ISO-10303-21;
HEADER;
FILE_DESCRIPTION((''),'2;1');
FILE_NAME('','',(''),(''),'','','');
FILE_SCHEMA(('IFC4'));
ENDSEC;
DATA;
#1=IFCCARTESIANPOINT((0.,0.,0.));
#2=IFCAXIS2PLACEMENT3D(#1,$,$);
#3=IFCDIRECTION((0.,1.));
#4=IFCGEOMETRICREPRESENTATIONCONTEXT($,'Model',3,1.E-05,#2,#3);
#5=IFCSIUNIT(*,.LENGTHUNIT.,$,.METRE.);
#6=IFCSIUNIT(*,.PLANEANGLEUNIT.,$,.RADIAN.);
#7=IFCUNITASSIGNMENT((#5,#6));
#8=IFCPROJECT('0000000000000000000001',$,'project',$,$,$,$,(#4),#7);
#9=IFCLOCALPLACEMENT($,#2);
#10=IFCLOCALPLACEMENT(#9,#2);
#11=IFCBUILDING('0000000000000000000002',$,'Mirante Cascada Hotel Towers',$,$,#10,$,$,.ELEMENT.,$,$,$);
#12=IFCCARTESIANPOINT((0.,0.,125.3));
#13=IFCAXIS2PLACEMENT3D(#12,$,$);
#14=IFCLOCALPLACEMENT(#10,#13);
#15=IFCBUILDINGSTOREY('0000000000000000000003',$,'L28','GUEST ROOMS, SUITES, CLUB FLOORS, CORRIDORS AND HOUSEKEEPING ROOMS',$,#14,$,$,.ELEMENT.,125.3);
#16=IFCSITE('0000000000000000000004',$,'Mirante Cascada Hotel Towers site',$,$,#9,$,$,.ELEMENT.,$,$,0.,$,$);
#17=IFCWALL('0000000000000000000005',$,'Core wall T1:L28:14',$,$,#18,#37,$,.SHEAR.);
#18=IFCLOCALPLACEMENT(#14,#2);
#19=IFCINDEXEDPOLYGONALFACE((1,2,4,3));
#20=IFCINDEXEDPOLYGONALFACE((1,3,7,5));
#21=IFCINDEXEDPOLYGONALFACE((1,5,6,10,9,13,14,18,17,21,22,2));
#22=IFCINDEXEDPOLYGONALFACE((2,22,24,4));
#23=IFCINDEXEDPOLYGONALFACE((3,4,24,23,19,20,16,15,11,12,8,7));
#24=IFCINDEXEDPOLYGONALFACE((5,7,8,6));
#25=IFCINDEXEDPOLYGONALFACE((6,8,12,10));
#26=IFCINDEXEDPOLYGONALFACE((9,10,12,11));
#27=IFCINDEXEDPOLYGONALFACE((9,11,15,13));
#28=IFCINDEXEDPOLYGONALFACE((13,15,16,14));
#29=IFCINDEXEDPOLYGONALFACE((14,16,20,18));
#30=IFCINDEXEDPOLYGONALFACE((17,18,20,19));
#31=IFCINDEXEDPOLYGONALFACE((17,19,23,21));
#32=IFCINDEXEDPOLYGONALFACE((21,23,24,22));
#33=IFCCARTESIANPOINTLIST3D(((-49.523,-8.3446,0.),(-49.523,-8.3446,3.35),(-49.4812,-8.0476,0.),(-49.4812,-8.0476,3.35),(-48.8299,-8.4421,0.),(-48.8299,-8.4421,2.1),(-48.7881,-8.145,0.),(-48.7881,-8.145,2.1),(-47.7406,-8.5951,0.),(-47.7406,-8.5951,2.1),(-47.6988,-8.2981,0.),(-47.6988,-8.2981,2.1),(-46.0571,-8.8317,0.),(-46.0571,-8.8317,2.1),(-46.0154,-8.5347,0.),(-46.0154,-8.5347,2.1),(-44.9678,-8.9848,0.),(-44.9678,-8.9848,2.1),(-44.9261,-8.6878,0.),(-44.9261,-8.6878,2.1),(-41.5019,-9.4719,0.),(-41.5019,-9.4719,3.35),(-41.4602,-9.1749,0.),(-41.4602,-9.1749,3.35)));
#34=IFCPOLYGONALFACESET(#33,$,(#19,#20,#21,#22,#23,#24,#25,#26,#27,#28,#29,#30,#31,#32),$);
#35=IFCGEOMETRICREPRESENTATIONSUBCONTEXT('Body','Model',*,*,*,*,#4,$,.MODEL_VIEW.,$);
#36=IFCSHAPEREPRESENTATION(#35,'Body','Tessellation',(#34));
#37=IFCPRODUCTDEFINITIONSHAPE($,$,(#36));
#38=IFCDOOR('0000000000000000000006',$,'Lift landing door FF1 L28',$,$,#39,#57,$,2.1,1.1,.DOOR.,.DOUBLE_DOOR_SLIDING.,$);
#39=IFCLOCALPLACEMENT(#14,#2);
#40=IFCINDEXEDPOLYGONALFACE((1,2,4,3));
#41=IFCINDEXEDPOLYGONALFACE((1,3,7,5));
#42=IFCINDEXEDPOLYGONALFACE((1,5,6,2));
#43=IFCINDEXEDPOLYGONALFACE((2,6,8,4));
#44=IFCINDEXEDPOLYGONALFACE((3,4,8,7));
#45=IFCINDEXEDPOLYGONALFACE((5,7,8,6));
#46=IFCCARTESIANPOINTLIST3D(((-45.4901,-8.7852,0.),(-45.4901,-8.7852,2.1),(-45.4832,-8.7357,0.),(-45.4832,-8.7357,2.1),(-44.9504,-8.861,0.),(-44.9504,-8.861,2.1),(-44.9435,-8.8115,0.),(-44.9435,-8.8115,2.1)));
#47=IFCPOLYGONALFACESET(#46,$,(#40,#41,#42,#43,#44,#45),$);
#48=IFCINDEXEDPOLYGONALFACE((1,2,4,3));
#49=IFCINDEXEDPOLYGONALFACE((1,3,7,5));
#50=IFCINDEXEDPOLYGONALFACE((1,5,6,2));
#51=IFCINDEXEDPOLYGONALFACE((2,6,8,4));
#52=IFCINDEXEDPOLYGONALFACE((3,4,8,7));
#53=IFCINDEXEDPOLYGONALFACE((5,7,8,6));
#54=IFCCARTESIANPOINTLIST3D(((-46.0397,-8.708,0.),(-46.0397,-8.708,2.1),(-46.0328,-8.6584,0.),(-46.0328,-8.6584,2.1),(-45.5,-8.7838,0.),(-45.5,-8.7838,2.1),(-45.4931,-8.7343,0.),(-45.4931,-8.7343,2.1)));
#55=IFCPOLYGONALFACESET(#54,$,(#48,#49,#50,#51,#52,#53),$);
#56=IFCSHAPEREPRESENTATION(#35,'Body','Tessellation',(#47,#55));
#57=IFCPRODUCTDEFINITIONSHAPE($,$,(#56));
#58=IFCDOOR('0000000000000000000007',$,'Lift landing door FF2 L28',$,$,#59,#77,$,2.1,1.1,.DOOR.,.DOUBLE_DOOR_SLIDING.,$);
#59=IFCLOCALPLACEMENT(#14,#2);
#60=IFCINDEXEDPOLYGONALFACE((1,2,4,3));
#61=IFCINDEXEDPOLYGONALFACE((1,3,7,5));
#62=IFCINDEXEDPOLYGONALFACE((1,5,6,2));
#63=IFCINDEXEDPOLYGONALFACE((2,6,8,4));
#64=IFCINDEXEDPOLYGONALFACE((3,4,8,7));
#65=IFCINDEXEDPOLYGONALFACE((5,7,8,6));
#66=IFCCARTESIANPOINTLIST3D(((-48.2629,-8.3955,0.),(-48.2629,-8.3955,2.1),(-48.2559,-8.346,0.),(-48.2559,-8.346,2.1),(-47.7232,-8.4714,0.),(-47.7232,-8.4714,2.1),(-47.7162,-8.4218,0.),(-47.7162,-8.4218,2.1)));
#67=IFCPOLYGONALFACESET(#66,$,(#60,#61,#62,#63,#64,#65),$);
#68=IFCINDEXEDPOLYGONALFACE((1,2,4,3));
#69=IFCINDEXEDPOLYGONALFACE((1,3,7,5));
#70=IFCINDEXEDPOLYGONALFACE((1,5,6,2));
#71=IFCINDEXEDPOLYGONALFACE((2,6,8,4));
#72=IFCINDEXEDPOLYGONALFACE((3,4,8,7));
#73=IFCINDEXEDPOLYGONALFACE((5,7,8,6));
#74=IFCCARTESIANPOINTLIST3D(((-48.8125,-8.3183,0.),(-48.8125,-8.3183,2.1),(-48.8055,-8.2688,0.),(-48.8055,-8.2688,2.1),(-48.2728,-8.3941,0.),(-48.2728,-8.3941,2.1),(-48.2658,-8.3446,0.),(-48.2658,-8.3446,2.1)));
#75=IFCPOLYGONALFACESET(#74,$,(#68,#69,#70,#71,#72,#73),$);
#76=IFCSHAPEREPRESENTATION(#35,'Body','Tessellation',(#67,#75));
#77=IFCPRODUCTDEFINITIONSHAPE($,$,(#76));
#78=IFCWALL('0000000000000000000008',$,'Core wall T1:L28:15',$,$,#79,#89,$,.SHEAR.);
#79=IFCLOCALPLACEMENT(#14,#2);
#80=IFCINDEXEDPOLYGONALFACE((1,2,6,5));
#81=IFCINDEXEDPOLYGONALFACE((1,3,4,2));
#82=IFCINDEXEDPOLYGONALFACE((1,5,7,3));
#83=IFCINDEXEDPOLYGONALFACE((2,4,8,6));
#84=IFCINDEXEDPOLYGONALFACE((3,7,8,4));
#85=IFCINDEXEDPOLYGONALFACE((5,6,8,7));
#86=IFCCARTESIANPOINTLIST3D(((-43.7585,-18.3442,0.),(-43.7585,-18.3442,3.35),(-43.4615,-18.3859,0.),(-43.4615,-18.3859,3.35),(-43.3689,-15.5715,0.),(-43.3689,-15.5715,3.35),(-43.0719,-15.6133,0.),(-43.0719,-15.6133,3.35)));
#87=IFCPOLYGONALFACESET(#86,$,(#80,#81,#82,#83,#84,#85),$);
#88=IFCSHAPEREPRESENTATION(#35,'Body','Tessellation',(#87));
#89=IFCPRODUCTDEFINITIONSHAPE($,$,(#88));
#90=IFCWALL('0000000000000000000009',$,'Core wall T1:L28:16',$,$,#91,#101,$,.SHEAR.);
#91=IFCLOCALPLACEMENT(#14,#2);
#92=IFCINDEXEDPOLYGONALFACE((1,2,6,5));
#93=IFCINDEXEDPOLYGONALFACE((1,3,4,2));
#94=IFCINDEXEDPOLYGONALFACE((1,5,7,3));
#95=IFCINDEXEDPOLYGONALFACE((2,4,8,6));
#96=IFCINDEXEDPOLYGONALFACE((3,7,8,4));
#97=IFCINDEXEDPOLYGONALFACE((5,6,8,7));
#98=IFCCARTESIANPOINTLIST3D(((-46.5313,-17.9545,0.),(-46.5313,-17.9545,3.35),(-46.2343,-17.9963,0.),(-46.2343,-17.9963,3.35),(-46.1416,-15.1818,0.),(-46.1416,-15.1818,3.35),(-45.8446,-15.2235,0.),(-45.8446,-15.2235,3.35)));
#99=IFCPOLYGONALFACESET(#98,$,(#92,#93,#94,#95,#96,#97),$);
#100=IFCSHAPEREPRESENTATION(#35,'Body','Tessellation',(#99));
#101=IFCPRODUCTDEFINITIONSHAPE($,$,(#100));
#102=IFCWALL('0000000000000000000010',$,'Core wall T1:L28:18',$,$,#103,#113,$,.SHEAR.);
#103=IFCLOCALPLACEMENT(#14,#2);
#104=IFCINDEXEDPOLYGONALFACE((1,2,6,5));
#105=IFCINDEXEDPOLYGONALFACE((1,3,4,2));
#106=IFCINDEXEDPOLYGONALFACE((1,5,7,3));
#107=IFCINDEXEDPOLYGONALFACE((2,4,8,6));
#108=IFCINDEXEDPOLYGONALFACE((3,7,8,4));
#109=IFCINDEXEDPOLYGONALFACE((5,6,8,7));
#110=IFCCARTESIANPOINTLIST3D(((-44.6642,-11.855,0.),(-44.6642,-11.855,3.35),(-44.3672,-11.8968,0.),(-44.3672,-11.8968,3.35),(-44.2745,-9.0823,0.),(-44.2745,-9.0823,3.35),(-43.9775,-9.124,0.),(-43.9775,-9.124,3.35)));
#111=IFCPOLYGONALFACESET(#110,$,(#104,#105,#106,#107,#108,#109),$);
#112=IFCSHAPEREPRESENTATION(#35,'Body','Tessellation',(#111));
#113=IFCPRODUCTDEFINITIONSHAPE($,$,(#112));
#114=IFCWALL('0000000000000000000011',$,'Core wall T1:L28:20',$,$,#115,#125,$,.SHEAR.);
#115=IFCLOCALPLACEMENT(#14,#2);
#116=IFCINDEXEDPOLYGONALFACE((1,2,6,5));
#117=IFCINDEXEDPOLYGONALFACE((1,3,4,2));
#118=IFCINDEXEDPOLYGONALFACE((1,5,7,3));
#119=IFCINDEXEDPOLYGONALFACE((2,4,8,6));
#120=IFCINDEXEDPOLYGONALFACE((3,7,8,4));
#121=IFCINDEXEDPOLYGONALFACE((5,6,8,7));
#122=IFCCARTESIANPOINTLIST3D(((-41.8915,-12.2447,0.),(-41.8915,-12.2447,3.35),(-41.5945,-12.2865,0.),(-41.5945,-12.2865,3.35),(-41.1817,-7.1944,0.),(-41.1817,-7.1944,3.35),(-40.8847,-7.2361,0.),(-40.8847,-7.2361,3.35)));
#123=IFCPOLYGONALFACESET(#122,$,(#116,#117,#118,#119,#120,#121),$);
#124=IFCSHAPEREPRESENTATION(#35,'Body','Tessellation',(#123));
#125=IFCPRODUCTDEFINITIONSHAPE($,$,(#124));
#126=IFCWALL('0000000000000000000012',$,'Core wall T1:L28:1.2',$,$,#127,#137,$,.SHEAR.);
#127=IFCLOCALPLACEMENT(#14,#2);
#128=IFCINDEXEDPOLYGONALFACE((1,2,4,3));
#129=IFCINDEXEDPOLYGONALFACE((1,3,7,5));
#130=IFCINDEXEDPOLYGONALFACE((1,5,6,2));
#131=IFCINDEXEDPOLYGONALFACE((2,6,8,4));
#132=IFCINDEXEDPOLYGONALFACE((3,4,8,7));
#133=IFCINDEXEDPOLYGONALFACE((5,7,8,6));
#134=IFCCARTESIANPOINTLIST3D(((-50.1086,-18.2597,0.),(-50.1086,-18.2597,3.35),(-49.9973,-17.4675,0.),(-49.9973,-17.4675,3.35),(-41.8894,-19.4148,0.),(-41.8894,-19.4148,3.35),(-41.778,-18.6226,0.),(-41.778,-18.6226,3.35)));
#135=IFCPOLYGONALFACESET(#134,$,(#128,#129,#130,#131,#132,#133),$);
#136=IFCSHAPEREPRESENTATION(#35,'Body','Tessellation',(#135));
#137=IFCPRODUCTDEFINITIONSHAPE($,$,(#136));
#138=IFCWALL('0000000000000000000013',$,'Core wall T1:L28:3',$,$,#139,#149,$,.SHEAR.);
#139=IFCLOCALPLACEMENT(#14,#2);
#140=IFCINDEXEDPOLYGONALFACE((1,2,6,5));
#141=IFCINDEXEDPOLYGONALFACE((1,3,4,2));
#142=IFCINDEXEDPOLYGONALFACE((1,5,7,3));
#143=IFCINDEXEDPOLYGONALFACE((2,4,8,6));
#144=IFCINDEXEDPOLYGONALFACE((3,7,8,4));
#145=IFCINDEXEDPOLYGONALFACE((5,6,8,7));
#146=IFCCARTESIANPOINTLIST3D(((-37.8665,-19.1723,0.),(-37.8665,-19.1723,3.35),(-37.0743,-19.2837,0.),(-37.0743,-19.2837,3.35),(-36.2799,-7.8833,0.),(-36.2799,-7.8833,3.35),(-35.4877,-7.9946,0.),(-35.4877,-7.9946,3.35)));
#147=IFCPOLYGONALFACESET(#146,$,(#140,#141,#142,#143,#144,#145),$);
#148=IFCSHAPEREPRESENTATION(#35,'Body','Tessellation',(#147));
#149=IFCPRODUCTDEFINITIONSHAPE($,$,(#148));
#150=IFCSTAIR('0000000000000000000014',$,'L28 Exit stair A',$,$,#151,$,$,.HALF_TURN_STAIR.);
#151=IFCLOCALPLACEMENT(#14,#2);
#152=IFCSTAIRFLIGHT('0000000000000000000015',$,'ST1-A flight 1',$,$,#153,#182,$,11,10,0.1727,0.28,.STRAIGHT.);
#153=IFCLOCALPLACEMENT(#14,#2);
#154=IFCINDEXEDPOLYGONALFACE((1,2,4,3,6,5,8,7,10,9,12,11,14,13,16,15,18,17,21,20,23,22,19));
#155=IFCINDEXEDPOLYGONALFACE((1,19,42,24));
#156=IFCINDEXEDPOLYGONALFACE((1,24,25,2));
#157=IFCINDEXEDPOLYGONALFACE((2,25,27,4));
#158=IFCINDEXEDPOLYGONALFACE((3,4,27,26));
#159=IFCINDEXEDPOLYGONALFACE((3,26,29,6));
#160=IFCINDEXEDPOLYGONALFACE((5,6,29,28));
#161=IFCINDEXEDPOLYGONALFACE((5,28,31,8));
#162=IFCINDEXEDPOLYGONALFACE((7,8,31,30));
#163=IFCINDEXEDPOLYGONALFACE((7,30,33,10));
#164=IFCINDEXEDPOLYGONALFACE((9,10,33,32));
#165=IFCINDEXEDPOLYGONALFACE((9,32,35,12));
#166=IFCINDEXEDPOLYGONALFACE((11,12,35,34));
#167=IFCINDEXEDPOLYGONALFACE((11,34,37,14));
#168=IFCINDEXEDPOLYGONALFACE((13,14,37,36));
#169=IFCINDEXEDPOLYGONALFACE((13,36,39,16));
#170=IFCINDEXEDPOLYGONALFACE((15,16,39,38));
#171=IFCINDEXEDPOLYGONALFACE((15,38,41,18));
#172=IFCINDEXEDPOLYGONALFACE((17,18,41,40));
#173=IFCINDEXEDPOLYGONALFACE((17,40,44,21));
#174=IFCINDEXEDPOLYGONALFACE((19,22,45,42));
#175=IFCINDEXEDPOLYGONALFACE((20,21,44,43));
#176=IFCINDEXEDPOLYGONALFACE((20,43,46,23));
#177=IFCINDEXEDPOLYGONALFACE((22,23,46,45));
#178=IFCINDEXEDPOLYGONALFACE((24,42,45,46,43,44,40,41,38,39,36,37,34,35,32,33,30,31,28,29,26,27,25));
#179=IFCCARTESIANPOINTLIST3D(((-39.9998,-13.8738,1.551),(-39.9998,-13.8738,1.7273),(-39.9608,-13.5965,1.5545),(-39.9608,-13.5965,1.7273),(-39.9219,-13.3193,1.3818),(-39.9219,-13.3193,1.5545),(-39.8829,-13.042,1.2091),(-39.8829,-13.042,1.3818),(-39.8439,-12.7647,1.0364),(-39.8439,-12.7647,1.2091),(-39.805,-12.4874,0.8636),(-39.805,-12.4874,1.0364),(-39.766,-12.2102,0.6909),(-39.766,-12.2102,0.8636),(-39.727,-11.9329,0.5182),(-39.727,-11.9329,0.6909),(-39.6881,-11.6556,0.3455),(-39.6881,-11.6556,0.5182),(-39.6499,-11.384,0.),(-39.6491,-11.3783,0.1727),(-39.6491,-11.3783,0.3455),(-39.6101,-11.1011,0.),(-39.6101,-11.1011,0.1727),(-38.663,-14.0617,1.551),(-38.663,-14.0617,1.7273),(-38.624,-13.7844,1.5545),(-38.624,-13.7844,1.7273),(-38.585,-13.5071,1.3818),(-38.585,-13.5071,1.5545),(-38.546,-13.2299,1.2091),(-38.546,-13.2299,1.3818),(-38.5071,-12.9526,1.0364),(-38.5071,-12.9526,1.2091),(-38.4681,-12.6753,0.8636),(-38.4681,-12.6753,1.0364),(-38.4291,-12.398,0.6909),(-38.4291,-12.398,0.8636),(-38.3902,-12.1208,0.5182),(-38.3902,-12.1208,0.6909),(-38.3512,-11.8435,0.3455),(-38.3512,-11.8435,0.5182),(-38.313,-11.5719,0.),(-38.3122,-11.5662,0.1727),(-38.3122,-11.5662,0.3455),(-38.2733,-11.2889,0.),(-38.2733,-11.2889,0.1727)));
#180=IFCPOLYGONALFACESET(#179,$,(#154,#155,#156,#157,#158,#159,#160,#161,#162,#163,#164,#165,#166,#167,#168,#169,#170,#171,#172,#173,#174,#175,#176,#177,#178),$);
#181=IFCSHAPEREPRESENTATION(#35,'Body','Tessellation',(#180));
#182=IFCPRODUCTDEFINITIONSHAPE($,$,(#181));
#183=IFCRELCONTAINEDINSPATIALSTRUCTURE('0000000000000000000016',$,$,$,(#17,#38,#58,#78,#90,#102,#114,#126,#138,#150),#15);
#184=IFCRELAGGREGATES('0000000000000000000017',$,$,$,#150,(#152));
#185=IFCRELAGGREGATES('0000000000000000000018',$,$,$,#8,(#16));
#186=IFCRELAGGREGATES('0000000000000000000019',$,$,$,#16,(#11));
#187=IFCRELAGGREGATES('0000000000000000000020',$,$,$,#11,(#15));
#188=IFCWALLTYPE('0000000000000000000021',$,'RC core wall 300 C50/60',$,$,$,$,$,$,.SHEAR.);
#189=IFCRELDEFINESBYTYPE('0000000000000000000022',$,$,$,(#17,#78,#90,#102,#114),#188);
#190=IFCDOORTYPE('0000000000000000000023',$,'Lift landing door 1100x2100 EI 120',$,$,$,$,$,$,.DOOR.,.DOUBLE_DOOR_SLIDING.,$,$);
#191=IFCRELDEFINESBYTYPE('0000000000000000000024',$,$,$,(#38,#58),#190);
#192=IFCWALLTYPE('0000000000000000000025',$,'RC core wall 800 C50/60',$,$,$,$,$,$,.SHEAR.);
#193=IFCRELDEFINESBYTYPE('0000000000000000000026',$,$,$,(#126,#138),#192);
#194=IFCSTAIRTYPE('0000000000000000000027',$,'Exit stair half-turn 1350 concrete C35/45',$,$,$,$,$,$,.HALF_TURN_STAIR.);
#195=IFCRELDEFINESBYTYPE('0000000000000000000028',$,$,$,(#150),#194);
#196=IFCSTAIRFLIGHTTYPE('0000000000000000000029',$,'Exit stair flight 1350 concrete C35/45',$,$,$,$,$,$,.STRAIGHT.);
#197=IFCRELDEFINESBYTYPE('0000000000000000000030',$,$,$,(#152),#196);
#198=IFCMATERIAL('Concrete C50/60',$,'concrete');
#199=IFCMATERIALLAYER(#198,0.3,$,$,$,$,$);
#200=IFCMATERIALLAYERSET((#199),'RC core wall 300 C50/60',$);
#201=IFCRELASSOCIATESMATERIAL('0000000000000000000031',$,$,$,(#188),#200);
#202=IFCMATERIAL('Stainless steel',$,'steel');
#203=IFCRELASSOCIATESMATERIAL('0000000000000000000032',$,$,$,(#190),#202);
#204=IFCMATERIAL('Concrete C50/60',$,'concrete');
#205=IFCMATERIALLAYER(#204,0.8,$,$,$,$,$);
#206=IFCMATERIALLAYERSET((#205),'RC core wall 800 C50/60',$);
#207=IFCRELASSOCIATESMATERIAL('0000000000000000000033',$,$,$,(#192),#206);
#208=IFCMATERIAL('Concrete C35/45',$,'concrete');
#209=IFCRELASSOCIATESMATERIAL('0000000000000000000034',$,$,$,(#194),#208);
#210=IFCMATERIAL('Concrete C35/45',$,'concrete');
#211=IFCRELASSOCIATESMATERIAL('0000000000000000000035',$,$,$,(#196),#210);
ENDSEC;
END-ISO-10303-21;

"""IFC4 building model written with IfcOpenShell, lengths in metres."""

from ifc_helpers import new_model, si_unit, direction, frame, frame_2d, origin, place, context, subcontext, project, spatial, polyline, rectangle, outline, extrude, material, layer, layer_set, type_object, element, fill, aggregate, save


model = new_model("IFC4")

# Units and contexts
model_context = context("Model", 3, precision=1e-05, world=origin(), true_north=direction((0.0, 1.0)))
body_context = subcontext(model_context, "Body", "Model", "MODEL_VIEW")
ifc_project = project(units=[si_unit("LENGTHUNIT", "METRE"), si_unit("PLANEANGLEUNIT", "RADIAN")], contexts=[model_context])

# Site, building, storey
site_placement = place(None, origin())
site = spatial("IfcSite", under=ifc_project, at=site_placement, Name="Mirante Cascada Hotel Towers site", CompositionType="ELEMENT", RefElevation=0.0)
building_placement = place(site_placement, origin())
building = spatial("IfcBuilding", under=site, at=building_placement, Name="Mirante Cascada Hotel Towers", CompositionType="ELEMENT")
storey_placement = place(building_placement, frame((0.0, 0.0, 125.3)))
storey = spatial("IfcBuildingStorey", under=building, at=storey_placement, Name="L28", Description="GUEST ROOMS, SUITES, CLUB FLOORS, CORRIDORS AND HOUSEKEEPING ROOMS", CompositionType="ELEMENT", Elevation=125.3)

# Shared definitions
ifc_material_1 = material(Name="Concrete C50/60", Category="concrete")
ifc_layer_1 = layer(ifc_material_1, 0.3)
ifc_layer_set_1 = layer_set([ifc_layer_1], Name="RC core wall 300 C50/60")
wall_type_1 = type_object("IfcWallType", Name="RC core wall 300 C50/60", PredefinedType="SHEAR", material=ifc_layer_set_1)

# Shared definitions
ifc_material_2 = material(Name="Stainless steel", Category="steel")
door_type_1 = type_object("IfcDoorType", Name="Lift landing door 1100x2100 EI 120", OperationType="DOUBLE_DOOR_SLIDING", PredefinedType="DOOR", material=ifc_material_2)

# Wall, openings, doors
wall_1_placement = place(storey_placement, frame((-41.481, -9.3234, 0.0), z_axis=(0.0, 0.0, 1.0), x_axis=(-0.990268, 0.139174, 0.0)))
wall_1 = element("IfcWall", 1, at=wall_1_placement, inside=storey, type_object=wall_type_1, Name="Core wall T1:L28:14", PredefinedType="SHEAR", context=body_context, shape_type="SweptSolid", body=[
    extrude(rectangle(XDim=8.0999, YDim=0.3, at=frame_2d((4.05, 0.0))), origin(), (0.0, 0.0, 1.0), 3.35),
])
opening_1_placement = place(wall_1_placement, frame((3.5, 0.0, 0.0)))
opening_1 = element("IfcOpeningElement", 2, at=opening_1_placement, cuts=wall_1, PredefinedType="OPENING", context=body_context, shape_type="SweptSolid", body=[
    extrude(rectangle(XDim=1.1, YDim=2.1, at=frame_2d((0.55, 1.05))), frame((0.0, 0.15, 0.0), z_axis=(0.0, -1.0, 0.0), x_axis=(1.0, 0.0, 0.0)), (0.0, 0.0, 1.0), 0.3),
])
opening_2_placement = place(wall_1_placement, frame((6.3, 0.0, 0.0)))
opening_2 = element("IfcOpeningElement", 3, at=opening_2_placement, cuts=wall_1, PredefinedType="OPENING", context=body_context, shape_type="SweptSolid", body=[
    extrude(rectangle(XDim=1.1, YDim=2.1, at=frame_2d((0.55, 1.05))), frame((0.0, 0.15, 0.0), z_axis=(0.0, -1.0, 0.0), x_axis=(1.0, 0.0, 0.0)), (0.0, 0.0, 1.0), 0.3),
])
door_1_placement = place(opening_1_placement, origin())
door_1 = element("IfcDoor", 4, at=door_1_placement, inside=storey, type_object=door_type_1, Name="Lift landing door FF1 L28", OperationType="DOUBLE_DOOR_SLIDING", OverallHeight=2.1, OverallWidth=1.1, PredefinedType="DOOR", context=body_context, shape_type="SweptSolid", body=[
    extrude(rectangle(XDim=0.545, YDim=2.1, at=frame_2d((0.2725, 1.05))), frame((0.0, 0.025, 0.0), z_axis=(0.0, -1.0, 0.0), x_axis=(1.0, 0.0, 0.0)), (0.0, 0.0, 1.0), 0.05),
    extrude(rectangle(XDim=0.545, YDim=2.1, at=frame_2d((0.8275, 1.05))), frame((0.0, 0.025, 0.0), z_axis=(0.0, -1.0, 0.0), x_axis=(1.0, 0.0, 0.0)), (0.0, 0.0, 1.0), 0.05),
])
fill(opening_1, door_1)
door_2_placement = place(opening_2_placement, origin())
door_2 = element("IfcDoor", 5, at=door_2_placement, inside=storey, type_object=door_type_1, Name="Lift landing door FF2 L28", OperationType="DOUBLE_DOOR_SLIDING", OverallHeight=2.1, OverallWidth=1.1, PredefinedType="DOOR", context=body_context, shape_type="SweptSolid", body=[
    extrude(rectangle(XDim=0.545, YDim=2.1, at=frame_2d((0.2725, 1.05))), frame((0.0, 0.025, 0.0), z_axis=(0.0, -1.0, 0.0), x_axis=(1.0, 0.0, 0.0)), (0.0, 0.0, 1.0), 0.05),
    extrude(rectangle(XDim=0.545, YDim=2.1, at=frame_2d((0.8275, 1.05))), frame((0.0, 0.025, 0.0), z_axis=(0.0, -1.0, 0.0), x_axis=(1.0, 0.0, 0.0)), (0.0, 0.0, 1.0), 0.05),
])
fill(opening_2, door_2)

# Walls
wall_2_placement = place(storey_placement, frame((-43.61, -18.3651, 0.0), z_axis=(0.0, 0.0, 1.0), x_axis=(0.139146, 0.990272, 0.0)))
element("IfcWall", 6, at=wall_2_placement, inside=storey, type_object=wall_type_1, Name="Core wall T1:L28:15", PredefinedType="SHEAR", context=body_context, shape_type="SweptSolid", body=[
    extrude(rectangle(XDim=2.7999, YDim=0.3, at=frame_2d((1.4, 0.0))), origin(), (0.0, 0.0, 1.0), 3.35),
])
for number, where, z_axis, x_axis, name in (
    (7, (-46.3828, -17.9754, 0.0), (0.0, 0.0, 1.0), (0.139181, 0.990267, 0.0), "Core wall T1:L28:16"),
    (8, (-44.5157, -11.8759, 0.0), (0.0, 0.0, 1.0), (0.139181, 0.990267, 0.0), "Core wall T1:L28:18"),
):
    element("IfcWall", number, at=place(storey_placement, frame(where, z_axis=z_axis, x_axis=x_axis)), inside=storey, type_object=wall_type_1, Name=name, PredefinedType="SHEAR", context=body_context, shape_type="SweptSolid", body=[
        extrude(rectangle(XDim=2.8, YDim=0.3, at=frame_2d((1.4, 0.0))), origin(), (0.0, 0.0, 1.0), 3.35),
    ])
wall_3_placement = place(storey_placement, frame((-41.743, -12.2656, 0.0), z_axis=(0.0, 0.0, 1.0), x_axis=(0.139176, 0.990268, 0.0)))
element("IfcWall", 9, at=wall_3_placement, inside=storey, type_object=wall_type_1, Name="Core wall T1:L28:20", PredefinedType="SHEAR", context=body_context, shape_type="SweptSolid", body=[
    extrude(rectangle(XDim=5.1, YDim=0.3, at=frame_2d((2.55, 0.0))), origin(), (0.0, 0.0, 1.0), 3.35),
])
ifc_material_3 = material(Name="Concrete C50/60", Category="concrete")
ifc_layer_2 = layer(ifc_material_3, 0.8)
ifc_layer_set_2 = layer_set([ifc_layer_2], Name="RC core wall 800 C50/60")
wall_type_2 = type_object("IfcWallType", Name="RC core wall 800 C50/60", PredefinedType="SHEAR", material=ifc_layer_set_2)
wall_4_placement = place(storey_placement, frame((-41.8337, -19.0187, 0.0), z_axis=(0.0, 0.0, 1.0), x_axis=(-0.990269, 0.139169, 0.0)))
element("IfcWall", 10, at=wall_4_placement, inside=storey, type_object=wall_type_2, Name="Core wall T1:L28:1.2", PredefinedType="SHEAR", context=body_context, shape_type="SweptSolid", body=[
    extrude(rectangle(XDim=8.3, YDim=0.8, at=frame_2d((4.15, 0.0))), origin(), (0.0, 0.0, 1.0), 3.35),
])
wall_5_placement = place(storey_placement, frame((-37.4704, -19.228, 0.0), z_axis=(0.0, 0.0, 1.0), x_axis=(0.139175, 0.990268, 0.0)))
element("IfcWall", 11, at=wall_5_placement, inside=storey, type_object=wall_type_2, Name="Core wall T1:L28:3", PredefinedType="SHEAR", context=body_context, shape_type="SweptSolid", body=[
    extrude(rectangle(XDim=11.4, YDim=0.8, at=frame_2d((5.7, 0.0))), origin(), (0.0, 0.0, 1.0), 3.35),
])

# Stair, stair flight
ifc_material_4 = material(Name="Concrete C35/45", Category="concrete")
stair_type = type_object("IfcStairType", Name="Exit stair half-turn 1350 concrete C35/45", PredefinedType="HALF_TURN_STAIR", material=ifc_material_4)
stair_placement = place(storey_placement, origin())
stair = element("IfcStair", 12, at=stair_placement, inside=storey, type_object=stair_type, Name="L28 Exit stair A", PredefinedType="HALF_TURN_STAIR")
ifc_material_5 = material(Name="Concrete C35/45", Category="concrete")
stair_flight_type = type_object("IfcStairFlightType", Name="Exit stair flight 1350 concrete C35/45", PredefinedType="STRAIGHT", material=ifc_material_5)
stair_flight_1_placement = place(storey_placement, frame((-38.9417, -11.195, 0.0), z_axis=(0.0, 0.0, 1.0), x_axis=(-0.139173, -0.990268, 0.0)))
stair_flight_1 = element("IfcStairFlight", 13, at=stair_flight_1_placement, type_object=stair_flight_type, Name="ST1-A flight 1", NumberOfRisers=11, NumberOfTreads=10, PredefinedType="STRAIGHT", RiserHeight=0.1727, TreadLength=0.28, context=body_context, shape_type="SweptSolid", body=[
    extrude(outline(polyline([(0.0, 0.0), (0.0, 0.1727), (0.28, 0.1727), (0.28, 0.3455), (0.56, 0.3455), (0.56, 0.5182), (0.84, 0.5182), (0.84, 0.6909), (1.12, 0.6909), (1.12, 0.8636), (1.4, 0.8636), (1.4, 1.0364), (1.68, 1.0364), (1.68, 1.2091), (1.96, 1.2091), (1.96, 1.3818), (2.24, 1.3818), (2.24, 1.5545), (2.52, 1.5545), (2.52, 1.7273), (2.8, 1.7273), (2.8, 1.9), (2.8, 1.551), (0.2857, 0.0), (0.0, 0.0)])), frame((0.0, 0.675, 0.0), z_axis=(0.0, -1.0, 0.0), x_axis=(1.0, 0.0, 0.0)), (0.0, 0.0, 1.0), 1.35),
])
aggregate(stair, [stair_flight_1])

save(model, "model.ifc")
